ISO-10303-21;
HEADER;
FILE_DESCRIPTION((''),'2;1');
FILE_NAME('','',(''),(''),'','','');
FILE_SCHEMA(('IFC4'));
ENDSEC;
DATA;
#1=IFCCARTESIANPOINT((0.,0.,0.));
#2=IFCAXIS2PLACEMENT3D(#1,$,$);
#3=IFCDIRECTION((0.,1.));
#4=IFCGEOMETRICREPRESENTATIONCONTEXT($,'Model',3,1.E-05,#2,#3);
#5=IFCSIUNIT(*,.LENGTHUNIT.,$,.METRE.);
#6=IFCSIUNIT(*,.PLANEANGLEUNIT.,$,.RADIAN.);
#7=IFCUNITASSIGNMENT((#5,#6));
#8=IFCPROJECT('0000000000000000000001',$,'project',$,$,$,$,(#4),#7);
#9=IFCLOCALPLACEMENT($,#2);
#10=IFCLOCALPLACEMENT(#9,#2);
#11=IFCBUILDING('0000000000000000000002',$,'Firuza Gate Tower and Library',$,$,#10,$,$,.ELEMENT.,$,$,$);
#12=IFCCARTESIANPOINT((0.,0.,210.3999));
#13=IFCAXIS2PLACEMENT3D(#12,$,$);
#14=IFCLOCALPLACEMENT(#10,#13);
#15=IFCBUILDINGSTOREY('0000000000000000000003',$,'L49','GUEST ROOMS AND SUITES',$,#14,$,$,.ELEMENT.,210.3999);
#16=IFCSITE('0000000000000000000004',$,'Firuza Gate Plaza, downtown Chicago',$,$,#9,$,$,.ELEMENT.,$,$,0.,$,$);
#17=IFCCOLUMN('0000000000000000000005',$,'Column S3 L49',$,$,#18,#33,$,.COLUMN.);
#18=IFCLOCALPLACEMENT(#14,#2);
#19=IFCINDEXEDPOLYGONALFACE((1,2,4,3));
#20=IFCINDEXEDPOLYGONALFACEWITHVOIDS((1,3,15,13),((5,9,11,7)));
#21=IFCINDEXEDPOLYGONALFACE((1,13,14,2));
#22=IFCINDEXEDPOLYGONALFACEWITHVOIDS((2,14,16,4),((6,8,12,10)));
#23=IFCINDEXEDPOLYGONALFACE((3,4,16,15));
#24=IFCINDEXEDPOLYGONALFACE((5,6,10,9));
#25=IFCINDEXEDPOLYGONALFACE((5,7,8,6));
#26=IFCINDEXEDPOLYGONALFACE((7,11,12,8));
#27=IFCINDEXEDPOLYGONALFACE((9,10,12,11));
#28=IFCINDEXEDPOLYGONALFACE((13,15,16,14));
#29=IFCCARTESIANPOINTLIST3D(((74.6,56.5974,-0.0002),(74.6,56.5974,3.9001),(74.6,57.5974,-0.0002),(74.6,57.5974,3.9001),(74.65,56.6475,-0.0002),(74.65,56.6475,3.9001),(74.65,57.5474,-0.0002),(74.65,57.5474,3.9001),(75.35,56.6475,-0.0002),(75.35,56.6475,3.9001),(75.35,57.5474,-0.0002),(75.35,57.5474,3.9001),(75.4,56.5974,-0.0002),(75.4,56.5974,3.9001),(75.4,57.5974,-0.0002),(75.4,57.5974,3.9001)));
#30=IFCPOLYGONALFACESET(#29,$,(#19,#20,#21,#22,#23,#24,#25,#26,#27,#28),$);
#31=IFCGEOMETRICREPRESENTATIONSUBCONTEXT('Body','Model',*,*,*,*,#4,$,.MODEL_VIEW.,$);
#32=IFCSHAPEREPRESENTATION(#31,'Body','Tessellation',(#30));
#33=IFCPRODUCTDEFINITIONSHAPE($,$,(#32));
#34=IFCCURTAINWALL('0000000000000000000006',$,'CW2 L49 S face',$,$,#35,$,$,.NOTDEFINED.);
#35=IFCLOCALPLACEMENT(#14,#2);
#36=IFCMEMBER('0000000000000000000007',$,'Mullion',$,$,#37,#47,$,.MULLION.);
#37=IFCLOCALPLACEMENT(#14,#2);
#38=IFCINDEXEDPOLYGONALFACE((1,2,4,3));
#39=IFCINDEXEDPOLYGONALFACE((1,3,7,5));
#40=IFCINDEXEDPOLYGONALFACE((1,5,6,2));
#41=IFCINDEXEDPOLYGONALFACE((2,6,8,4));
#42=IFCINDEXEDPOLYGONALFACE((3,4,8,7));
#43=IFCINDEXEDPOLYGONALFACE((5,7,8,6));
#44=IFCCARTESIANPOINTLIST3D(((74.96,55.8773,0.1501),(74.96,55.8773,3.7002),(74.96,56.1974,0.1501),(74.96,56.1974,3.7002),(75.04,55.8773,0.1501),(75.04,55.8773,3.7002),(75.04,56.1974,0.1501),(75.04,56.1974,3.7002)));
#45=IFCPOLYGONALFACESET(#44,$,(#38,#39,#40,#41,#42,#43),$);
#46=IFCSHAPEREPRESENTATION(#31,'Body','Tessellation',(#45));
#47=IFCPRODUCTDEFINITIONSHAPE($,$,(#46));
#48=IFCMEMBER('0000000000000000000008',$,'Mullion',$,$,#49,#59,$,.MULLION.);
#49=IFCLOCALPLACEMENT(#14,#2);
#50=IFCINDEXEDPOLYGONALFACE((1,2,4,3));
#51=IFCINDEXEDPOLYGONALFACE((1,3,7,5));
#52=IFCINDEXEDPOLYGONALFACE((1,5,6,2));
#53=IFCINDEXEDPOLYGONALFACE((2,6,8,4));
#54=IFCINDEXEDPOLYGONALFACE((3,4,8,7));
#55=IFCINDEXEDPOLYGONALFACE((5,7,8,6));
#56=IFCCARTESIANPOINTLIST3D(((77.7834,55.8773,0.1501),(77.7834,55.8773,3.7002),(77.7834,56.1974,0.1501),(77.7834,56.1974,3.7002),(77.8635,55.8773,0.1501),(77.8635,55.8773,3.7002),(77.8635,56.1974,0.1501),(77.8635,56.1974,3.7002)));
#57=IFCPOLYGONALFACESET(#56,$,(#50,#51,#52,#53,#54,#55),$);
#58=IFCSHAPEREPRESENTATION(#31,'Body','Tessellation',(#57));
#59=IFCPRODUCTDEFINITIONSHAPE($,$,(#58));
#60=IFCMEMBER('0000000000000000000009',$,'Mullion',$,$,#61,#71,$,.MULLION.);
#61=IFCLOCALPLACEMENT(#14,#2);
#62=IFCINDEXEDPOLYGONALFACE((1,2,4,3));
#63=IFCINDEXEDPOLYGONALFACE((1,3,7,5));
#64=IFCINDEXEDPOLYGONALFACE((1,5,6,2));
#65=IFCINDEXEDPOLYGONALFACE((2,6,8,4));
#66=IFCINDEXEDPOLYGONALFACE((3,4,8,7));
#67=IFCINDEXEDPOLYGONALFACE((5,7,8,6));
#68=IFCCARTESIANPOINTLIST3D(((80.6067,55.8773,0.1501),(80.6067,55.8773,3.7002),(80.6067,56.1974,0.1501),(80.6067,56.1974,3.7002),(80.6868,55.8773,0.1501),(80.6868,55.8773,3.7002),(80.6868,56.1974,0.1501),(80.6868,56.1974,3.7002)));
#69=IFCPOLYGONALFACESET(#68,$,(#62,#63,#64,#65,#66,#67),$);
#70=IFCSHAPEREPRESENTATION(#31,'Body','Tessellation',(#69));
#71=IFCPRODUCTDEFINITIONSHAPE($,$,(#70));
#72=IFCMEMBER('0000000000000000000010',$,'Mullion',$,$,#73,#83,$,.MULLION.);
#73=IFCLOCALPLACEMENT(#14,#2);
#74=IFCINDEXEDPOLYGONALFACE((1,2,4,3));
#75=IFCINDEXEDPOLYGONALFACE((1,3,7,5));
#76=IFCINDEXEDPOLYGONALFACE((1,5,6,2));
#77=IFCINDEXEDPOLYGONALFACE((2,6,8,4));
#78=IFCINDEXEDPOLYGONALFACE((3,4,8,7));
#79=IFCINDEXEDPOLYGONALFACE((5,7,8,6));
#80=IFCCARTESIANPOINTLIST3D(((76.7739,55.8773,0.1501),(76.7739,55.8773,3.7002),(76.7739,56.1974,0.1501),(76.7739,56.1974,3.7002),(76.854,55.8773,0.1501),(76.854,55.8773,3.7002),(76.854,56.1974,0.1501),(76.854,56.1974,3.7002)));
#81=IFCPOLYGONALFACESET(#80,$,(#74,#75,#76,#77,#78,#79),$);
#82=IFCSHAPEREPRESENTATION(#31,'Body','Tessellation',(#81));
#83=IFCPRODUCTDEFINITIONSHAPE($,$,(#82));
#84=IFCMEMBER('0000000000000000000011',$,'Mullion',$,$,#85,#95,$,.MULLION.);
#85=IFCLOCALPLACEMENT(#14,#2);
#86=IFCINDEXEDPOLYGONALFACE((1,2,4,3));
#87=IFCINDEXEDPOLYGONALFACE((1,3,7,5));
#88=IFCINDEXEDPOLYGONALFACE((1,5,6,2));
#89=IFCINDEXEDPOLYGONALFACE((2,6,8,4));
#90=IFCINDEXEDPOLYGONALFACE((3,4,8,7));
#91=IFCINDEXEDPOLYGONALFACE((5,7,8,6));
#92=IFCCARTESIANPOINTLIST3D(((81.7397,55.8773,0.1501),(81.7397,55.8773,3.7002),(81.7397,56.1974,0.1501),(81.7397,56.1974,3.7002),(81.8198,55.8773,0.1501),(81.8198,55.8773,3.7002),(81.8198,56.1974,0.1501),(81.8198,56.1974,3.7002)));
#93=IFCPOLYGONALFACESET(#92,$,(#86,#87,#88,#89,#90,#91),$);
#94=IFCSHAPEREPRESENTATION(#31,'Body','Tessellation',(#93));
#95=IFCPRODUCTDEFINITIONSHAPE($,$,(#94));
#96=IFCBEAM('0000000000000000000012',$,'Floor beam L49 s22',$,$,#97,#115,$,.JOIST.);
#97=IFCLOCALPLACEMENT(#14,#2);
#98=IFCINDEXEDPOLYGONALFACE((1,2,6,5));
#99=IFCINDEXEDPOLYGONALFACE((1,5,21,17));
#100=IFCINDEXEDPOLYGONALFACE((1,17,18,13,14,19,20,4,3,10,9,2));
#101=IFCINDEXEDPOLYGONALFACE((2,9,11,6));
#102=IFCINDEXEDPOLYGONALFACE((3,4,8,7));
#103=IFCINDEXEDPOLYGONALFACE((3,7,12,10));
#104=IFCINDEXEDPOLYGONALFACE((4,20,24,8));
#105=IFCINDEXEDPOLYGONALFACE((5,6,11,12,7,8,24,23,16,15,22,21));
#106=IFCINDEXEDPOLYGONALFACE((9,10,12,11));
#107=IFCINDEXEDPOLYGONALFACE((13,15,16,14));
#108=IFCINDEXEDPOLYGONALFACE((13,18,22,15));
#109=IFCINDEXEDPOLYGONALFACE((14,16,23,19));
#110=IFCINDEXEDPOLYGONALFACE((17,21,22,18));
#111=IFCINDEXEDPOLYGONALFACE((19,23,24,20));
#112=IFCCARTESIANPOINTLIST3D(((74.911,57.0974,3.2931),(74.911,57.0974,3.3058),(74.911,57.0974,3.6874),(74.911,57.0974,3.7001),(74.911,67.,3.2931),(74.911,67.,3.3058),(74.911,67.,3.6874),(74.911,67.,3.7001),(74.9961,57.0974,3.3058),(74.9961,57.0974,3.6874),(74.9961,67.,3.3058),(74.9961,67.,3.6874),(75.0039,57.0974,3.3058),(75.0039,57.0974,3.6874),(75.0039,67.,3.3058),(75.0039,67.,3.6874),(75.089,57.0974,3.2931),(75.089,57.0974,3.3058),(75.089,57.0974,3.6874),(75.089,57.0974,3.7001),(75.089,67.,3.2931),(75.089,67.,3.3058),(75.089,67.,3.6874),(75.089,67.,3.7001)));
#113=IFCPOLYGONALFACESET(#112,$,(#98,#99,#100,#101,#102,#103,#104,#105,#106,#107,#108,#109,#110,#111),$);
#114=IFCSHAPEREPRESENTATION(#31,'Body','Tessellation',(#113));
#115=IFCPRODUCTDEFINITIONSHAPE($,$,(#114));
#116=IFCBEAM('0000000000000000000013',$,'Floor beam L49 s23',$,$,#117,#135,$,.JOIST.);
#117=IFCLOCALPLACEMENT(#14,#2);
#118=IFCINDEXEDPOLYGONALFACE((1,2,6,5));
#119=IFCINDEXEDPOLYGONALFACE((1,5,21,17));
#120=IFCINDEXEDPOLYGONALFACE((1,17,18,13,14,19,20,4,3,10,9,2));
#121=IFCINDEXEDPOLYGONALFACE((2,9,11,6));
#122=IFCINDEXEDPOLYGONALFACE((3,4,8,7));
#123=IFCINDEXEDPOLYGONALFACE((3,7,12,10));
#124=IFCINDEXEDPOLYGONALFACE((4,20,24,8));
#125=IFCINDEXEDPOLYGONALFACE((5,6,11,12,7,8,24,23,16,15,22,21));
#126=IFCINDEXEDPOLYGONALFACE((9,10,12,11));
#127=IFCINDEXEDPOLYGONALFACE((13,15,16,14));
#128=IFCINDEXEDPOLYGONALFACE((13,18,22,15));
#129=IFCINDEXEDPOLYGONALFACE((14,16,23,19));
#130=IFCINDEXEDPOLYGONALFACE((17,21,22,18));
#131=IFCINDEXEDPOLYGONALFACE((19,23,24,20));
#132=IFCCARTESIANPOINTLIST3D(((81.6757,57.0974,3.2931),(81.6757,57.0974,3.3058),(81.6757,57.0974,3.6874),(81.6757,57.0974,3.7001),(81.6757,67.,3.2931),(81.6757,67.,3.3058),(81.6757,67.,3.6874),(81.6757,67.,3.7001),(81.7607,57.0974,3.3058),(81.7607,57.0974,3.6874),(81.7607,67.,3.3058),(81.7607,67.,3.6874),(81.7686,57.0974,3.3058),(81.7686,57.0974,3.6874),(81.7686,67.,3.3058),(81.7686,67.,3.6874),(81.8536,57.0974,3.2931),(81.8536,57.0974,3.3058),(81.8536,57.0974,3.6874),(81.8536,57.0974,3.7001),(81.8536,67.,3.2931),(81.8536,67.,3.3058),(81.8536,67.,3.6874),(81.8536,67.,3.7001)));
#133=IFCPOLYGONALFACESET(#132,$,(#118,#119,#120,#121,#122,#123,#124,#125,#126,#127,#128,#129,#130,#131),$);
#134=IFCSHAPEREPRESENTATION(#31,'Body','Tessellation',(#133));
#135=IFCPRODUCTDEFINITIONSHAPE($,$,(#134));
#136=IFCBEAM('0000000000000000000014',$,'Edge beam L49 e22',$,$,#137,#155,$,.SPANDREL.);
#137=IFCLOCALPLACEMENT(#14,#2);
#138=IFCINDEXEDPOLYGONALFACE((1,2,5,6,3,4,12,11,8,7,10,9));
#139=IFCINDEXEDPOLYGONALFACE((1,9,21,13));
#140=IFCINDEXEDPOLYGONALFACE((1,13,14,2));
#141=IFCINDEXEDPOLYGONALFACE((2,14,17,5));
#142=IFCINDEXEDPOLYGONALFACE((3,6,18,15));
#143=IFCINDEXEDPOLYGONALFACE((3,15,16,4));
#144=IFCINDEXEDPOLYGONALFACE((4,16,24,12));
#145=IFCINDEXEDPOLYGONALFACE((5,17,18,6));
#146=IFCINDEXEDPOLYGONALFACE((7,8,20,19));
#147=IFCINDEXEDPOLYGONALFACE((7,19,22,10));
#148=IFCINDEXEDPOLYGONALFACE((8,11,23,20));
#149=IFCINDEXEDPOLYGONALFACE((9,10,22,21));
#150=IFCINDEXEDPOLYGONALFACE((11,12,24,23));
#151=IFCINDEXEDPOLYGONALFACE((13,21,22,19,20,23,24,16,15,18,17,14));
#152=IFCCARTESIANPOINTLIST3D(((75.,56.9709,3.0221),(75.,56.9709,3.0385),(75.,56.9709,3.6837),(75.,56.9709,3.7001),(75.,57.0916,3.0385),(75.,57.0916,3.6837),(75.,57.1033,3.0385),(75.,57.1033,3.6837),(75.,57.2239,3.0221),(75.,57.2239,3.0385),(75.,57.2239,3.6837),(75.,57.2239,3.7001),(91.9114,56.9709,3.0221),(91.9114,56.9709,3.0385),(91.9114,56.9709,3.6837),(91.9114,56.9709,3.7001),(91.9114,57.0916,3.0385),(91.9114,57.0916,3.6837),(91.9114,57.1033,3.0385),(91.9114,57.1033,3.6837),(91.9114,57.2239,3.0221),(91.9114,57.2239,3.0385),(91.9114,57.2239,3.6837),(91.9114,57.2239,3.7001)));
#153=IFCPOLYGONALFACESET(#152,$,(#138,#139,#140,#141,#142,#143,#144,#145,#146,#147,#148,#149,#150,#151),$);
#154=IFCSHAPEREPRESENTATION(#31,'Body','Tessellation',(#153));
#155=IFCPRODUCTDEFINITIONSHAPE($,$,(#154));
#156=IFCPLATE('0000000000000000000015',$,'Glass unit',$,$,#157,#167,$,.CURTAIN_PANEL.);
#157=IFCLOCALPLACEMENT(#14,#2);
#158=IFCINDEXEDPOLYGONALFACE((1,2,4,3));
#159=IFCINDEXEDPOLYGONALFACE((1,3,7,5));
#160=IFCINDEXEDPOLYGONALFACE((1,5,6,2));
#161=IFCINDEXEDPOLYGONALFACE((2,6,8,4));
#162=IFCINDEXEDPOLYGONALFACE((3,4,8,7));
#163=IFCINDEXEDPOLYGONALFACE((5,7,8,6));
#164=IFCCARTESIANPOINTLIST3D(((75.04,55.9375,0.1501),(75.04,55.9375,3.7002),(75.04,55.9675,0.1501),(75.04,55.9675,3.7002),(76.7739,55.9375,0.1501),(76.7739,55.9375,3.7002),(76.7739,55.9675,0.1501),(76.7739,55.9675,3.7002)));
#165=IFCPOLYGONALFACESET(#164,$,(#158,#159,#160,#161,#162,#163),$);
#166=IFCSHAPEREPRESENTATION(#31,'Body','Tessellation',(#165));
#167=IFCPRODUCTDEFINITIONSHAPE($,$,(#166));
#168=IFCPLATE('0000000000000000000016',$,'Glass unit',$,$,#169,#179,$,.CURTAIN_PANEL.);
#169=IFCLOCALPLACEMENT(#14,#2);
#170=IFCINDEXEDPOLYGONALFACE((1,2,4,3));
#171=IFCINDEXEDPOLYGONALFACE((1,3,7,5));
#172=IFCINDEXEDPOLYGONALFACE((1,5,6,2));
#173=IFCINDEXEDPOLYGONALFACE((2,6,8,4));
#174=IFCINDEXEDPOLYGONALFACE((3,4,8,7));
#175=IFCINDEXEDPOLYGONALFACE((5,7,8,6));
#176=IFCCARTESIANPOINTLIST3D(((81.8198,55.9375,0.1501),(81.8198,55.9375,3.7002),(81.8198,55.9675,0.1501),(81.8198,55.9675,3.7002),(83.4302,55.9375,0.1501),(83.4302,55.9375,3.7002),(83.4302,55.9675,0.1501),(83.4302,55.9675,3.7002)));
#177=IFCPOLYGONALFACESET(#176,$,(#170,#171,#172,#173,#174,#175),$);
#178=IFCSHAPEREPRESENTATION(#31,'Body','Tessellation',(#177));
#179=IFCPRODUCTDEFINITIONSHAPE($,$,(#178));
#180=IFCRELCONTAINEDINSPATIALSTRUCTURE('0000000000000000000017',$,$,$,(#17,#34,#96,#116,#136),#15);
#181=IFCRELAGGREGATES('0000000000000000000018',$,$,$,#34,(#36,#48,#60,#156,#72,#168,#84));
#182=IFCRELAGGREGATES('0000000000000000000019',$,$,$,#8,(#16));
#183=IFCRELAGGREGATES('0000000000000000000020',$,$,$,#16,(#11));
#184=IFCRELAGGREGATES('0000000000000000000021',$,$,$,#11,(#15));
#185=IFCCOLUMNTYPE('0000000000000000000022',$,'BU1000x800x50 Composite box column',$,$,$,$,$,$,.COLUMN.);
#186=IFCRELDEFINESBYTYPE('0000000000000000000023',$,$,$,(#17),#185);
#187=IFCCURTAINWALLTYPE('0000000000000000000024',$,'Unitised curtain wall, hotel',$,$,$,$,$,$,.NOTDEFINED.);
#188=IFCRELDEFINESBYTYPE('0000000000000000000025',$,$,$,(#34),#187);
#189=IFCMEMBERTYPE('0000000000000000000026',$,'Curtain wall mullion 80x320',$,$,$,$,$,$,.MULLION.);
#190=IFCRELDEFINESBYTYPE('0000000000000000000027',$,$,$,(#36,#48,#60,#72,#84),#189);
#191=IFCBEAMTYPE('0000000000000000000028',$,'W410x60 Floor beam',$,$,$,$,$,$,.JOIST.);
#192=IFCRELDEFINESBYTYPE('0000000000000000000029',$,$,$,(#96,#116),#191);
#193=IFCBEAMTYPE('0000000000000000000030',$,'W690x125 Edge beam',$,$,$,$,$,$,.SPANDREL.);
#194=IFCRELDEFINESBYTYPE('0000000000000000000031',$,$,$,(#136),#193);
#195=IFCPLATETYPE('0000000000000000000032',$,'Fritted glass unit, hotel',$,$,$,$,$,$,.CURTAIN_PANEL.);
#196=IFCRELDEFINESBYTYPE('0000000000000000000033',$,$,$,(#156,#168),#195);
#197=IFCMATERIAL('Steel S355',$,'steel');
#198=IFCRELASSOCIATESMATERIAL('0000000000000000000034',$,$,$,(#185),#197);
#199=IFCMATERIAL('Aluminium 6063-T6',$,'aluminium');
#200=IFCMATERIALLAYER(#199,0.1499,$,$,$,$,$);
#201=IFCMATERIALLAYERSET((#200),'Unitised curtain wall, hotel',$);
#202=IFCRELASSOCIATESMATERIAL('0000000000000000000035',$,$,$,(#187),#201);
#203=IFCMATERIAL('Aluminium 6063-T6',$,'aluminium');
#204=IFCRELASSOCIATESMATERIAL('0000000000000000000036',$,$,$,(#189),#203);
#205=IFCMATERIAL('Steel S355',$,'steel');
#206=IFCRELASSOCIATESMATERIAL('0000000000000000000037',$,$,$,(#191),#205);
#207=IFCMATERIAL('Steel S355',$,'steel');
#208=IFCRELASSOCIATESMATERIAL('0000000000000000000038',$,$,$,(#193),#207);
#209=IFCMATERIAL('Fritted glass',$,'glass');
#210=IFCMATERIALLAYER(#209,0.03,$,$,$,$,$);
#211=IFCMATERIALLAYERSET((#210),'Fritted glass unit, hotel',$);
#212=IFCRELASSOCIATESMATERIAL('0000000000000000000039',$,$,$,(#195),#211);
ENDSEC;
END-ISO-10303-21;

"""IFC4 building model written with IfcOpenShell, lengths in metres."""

from ifc_helpers import new_model, si_unit, direction, frame, origin, origin_2d, place, context, subcontext, project, spatial, polyline, rectangle, hollow_rectangle, i_section, outline, extrude, material, layer, layer_set, material_profile, profile_set, type_object, element, aggregate, save


model = new_model("IFC4")

# Units and contexts
model_context = context("Model", 3, precision=1e-05, world=origin(), true_north=direction((0.0, 1.0)))
body_context = subcontext(model_context, "Body", "Model", "MODEL_VIEW")
ifc_project = project(units=[si_unit("LENGTHUNIT", "METRE"), si_unit("PLANEANGLEUNIT", "RADIAN")], contexts=[model_context])

# Site, building, storey
site_placement = place(None, origin())
site = spatial("IfcSite", under=ifc_project, at=site_placement, Name="Firuza Gate Plaza, downtown Chicago", CompositionType="ELEMENT", RefElevation=0.0)
building_placement = place(site_placement, origin())
building = spatial("IfcBuilding", under=site, at=building_placement, Name="Firuza Gate Tower and Library", CompositionType="ELEMENT")
storey_placement = place(building_placement, frame((0.0, 0.0, 210.3999)))
storey = spatial("IfcBuildingStorey", under=building, at=storey_placement, Name="L49", Description="GUEST ROOMS AND SUITES", CompositionType="ELEMENT", Elevation=210.3999)

# Column
ifc_material_1 = material(Name="Steel S355", Category="steel")
ifc_material_profile_1 = material_profile(ifc_material_1, hollow_rectangle(XDim=0.8, YDim=1.0, WallThickness=0.05, at=origin_2d()))
ifc_profile_set_1 = profile_set([ifc_material_profile_1], Name="Steel S355")
column_type = type_object("IfcColumnType", Name="BU1000x800x50 Composite box column", PredefinedType="COLUMN", material=ifc_profile_set_1)
column_placement = place(storey_placement, frame((75.0, 57.0974, -0.0002), z_axis=(0.0, 0.0, 1.0), x_axis=(1.0, 0.0, 0.0)))
element("IfcColumn", 1, at=column_placement, inside=storey, type_object=column_type, Name="Column S3 L49", PredefinedType="COLUMN", context=body_context, shape_type="SweptSolid", body=[
    extrude(hollow_rectangle(XDim=0.8, YDim=1.0, WallThickness=0.05, at=origin_2d()), origin(), (0.0, 0.0, 1.0), 3.9004),
])

# Curtain wall, members
ifc_material_2 = material(Name="Aluminium 6063-T6", Category="aluminium")
ifc_layer_1 = layer(ifc_material_2, 0.1499)
ifc_layer_set_1 = layer_set([ifc_layer_1], Name="Unitised curtain wall, hotel")
curtain_wall_type = type_object("IfcCurtainWallType", Name="Unitised curtain wall, hotel", PredefinedType="NOTDEFINED", material=ifc_layer_set_1)
curtain_wall_placement = place(storey_placement, origin())
curtain_wall = element("IfcCurtainWall", 2, at=curtain_wall_placement, inside=storey, type_object=curtain_wall_type, Name="CW2 L49 S face", PredefinedType="NOTDEFINED")
ifc_material_3 = material(Name="Aluminium 6063-T6", Category="aluminium")
ifc_material_profile_2 = material_profile(ifc_material_3, rectangle(XDim=0.3201, YDim=0.0801, at=origin_2d()))
ifc_profile_set_2 = profile_set([ifc_material_profile_2], Name="Aluminium 6063-T6")
member_type = type_object("IfcMemberType", Name="Curtain wall mullion 80x320", PredefinedType="MULLION", material=ifc_profile_set_2)
member_1_placement = place(storey_placement, frame((75.0, 56.0374, 0.1501), z_axis=(0.0, 0.0, 1.0), x_axis=(0.0, 1.0, 0.0)))
member_1 = element("IfcMember", 3, at=member_1_placement, type_object=member_type, Name="Mullion", PredefinedType="MULLION", context=body_context, shape_type="SweptSolid", body=[
    extrude(rectangle(XDim=0.3201, YDim=0.0801, at=origin_2d()), origin(), (0.0, 0.0, 1.0), 3.55),
])
member_2_placement = place(storey_placement, frame((77.8235, 56.0374, 0.1501), z_axis=(0.0, 0.0, 1.0), x_axis=(0.0, 1.0, 0.0)))
member_2 = element("IfcMember", 4, at=member_2_placement, type_object=member_type, Name="Mullion", PredefinedType="MULLION", context=body_context, shape_type="SweptSolid", body=[
    extrude(rectangle(XDim=0.3201, YDim=0.0801, at=origin_2d()), origin(), (0.0, 0.0, 1.0), 3.55),
])
member_3_placement = place(storey_placement, frame((80.6467, 56.0374, 0.1501), z_axis=(0.0, 0.0, 1.0), x_axis=(0.0, 1.0, 0.0)))
member_3 = element("IfcMember", 5, at=member_3_placement, type_object=member_type, Name="Mullion", PredefinedType="MULLION", context=body_context, shape_type="SweptSolid", body=[
    extrude(rectangle(XDim=0.3201, YDim=0.0801, at=origin_2d()), origin(), (0.0, 0.0, 1.0), 3.55),
])
member_4_placement = place(storey_placement, frame((76.814, 56.0374, 0.1501), z_axis=(0.0, 0.0, 1.0), x_axis=(0.0, 1.0, 0.0)))
member_4 = element("IfcMember", 6, at=member_4_placement, type_object=member_type, Name="Mullion", PredefinedType="MULLION", context=body_context, shape_type="SweptSolid", body=[
    extrude(rectangle(XDim=0.3201, YDim=0.0801, at=origin_2d()), origin(), (0.0, 0.0, 1.0), 3.55),
])
member_5_placement = place(storey_placement, frame((81.7798, 56.0374, 0.1501), z_axis=(0.0, 0.0, 1.0), x_axis=(0.0, 1.0, 0.0)))
member_5 = element("IfcMember", 7, at=member_5_placement, type_object=member_type, Name="Mullion", PredefinedType="MULLION", context=body_context, shape_type="SweptSolid", body=[
    extrude(rectangle(XDim=0.3201, YDim=0.0801, at=origin_2d()), origin(), (0.0, 0.0, 1.0), 3.55),
])

# Beams
ifc_material_4 = material(Name="Steel S355", Category="steel")
ifc_material_profile_3 = material_profile(ifc_material_4, i_section(OverallWidth=0.178, OverallDepth=0.407, WebThickness=0.0078, FlangeThickness=0.0127, at=origin_2d()))
ifc_profile_set_3 = profile_set([ifc_material_profile_3], Name="Steel S355")
beam_type_1 = type_object("IfcBeamType", Name="W410x60 Floor beam", PredefinedType="JOIST", material=ifc_profile_set_3)
for number, where, z_axis, x_axis, name in (
    (8, (75.0, 57.0974, 3.4966), (0.0, 1.0, 0.0), (-1.0, 0.0, 0.0), "Floor beam L49 s22"),
    (9, (81.7646, 57.0974, 3.4966), (0.0, 1.0, 0.0), (-1.0, 0.0, 0.0), "Floor beam L49 s23"),
):
    element("IfcBeam", number, at=place(storey_placement, frame(where, z_axis=z_axis, x_axis=x_axis)), inside=storey, type_object=beam_type_1, Name=name, PredefinedType="JOIST", context=body_context, shape_type="SweptSolid", body=[
        extrude(i_section(OverallWidth=0.178, OverallDepth=0.407, WebThickness=0.0078, FlangeThickness=0.0127, at=origin_2d()), origin(), (0.0, 0.0, 1.0), 9.9026),
    ])
ifc_material_5 = material(Name="Steel S355", Category="steel")
ifc_material_profile_4 = material_profile(ifc_material_5, i_section(OverallWidth=0.2529, OverallDepth=0.678, WebThickness=0.0117, FlangeThickness=0.0164, at=origin_2d()))
ifc_profile_set_4 = profile_set([ifc_material_profile_4], Name="Steel S355")
beam_type_2 = type_object("IfcBeamType", Name="W690x125 Edge beam", PredefinedType="SPANDREL", material=ifc_profile_set_4)
beam_placement = place(storey_placement, frame((75.0, 57.0974, 3.3611), z_axis=(1.0, 0.0, 0.0), x_axis=(0.0, 1.0, 0.0)))
element("IfcBeam", 10, at=beam_placement, inside=storey, type_object=beam_type_2, Name="Edge beam L49 e22", PredefinedType="SPANDREL", context=body_context, shape_type="SweptSolid", body=[
    extrude(i_section(OverallWidth=0.2529, OverallDepth=0.678, WebThickness=0.0117, FlangeThickness=0.0164, at=origin_2d()), origin(), (0.0, 0.0, 1.0), 16.9114),
])

# Plates
ifc_material_6 = material(Name="Fritted glass", Category="glass")
ifc_layer_2 = layer(ifc_material_6, 0.03)
ifc_layer_set_2 = layer_set([ifc_layer_2], Name="Fritted glass unit, hotel")
plate_type_1 = type_object("IfcPlateType", Name="Fritted glass unit, hotel", PredefinedType="CURTAIN_PANEL", material=ifc_layer_set_2)
plate_1_placement = place(storey_placement, frame((75.04, 55.9375, 0.1501), z_axis=(0.0, -1.0, 0.0), x_axis=(1.0, 0.0, 0.0)))
plate_1 = element("IfcPlate", 11, at=plate_1_placement, type_object=plate_type_1, Name="Glass unit", PredefinedType="CURTAIN_PANEL", context=body_context, shape_type="SweptSolid", body=[
    extrude(outline(polyline([(0.0, 0.0), (1.7339, 0.0), (1.7339, 3.55), (0.0, 3.55), (0.0, 0.0)])), origin(), (0.0, 0.0, -1.0), 0.03),
])
plate_2_placement = place(storey_placement, frame((81.8198, 55.9375, 0.1501), z_axis=(0.0, -1.0, 0.0), x_axis=(1.0, 0.0, 0.0)))
plate_2 = element("IfcPlate", 12, at=plate_2_placement, type_object=plate_type_1, Name="Glass unit", PredefinedType="CURTAIN_PANEL", context=body_context, shape_type="SweptSolid", body=[
    extrude(outline(polyline([(0.0, 0.0), (1.6104, 0.0), (1.6104, 3.55), (0.0, 3.55), (0.0, 0.0)])), origin(), (0.0, 0.0, -1.0), 0.03),
])
aggregate(curtain_wall, [member_1, member_2, member_3, plate_1, member_4, plate_2, member_5])

save(model, "model.ifc")
